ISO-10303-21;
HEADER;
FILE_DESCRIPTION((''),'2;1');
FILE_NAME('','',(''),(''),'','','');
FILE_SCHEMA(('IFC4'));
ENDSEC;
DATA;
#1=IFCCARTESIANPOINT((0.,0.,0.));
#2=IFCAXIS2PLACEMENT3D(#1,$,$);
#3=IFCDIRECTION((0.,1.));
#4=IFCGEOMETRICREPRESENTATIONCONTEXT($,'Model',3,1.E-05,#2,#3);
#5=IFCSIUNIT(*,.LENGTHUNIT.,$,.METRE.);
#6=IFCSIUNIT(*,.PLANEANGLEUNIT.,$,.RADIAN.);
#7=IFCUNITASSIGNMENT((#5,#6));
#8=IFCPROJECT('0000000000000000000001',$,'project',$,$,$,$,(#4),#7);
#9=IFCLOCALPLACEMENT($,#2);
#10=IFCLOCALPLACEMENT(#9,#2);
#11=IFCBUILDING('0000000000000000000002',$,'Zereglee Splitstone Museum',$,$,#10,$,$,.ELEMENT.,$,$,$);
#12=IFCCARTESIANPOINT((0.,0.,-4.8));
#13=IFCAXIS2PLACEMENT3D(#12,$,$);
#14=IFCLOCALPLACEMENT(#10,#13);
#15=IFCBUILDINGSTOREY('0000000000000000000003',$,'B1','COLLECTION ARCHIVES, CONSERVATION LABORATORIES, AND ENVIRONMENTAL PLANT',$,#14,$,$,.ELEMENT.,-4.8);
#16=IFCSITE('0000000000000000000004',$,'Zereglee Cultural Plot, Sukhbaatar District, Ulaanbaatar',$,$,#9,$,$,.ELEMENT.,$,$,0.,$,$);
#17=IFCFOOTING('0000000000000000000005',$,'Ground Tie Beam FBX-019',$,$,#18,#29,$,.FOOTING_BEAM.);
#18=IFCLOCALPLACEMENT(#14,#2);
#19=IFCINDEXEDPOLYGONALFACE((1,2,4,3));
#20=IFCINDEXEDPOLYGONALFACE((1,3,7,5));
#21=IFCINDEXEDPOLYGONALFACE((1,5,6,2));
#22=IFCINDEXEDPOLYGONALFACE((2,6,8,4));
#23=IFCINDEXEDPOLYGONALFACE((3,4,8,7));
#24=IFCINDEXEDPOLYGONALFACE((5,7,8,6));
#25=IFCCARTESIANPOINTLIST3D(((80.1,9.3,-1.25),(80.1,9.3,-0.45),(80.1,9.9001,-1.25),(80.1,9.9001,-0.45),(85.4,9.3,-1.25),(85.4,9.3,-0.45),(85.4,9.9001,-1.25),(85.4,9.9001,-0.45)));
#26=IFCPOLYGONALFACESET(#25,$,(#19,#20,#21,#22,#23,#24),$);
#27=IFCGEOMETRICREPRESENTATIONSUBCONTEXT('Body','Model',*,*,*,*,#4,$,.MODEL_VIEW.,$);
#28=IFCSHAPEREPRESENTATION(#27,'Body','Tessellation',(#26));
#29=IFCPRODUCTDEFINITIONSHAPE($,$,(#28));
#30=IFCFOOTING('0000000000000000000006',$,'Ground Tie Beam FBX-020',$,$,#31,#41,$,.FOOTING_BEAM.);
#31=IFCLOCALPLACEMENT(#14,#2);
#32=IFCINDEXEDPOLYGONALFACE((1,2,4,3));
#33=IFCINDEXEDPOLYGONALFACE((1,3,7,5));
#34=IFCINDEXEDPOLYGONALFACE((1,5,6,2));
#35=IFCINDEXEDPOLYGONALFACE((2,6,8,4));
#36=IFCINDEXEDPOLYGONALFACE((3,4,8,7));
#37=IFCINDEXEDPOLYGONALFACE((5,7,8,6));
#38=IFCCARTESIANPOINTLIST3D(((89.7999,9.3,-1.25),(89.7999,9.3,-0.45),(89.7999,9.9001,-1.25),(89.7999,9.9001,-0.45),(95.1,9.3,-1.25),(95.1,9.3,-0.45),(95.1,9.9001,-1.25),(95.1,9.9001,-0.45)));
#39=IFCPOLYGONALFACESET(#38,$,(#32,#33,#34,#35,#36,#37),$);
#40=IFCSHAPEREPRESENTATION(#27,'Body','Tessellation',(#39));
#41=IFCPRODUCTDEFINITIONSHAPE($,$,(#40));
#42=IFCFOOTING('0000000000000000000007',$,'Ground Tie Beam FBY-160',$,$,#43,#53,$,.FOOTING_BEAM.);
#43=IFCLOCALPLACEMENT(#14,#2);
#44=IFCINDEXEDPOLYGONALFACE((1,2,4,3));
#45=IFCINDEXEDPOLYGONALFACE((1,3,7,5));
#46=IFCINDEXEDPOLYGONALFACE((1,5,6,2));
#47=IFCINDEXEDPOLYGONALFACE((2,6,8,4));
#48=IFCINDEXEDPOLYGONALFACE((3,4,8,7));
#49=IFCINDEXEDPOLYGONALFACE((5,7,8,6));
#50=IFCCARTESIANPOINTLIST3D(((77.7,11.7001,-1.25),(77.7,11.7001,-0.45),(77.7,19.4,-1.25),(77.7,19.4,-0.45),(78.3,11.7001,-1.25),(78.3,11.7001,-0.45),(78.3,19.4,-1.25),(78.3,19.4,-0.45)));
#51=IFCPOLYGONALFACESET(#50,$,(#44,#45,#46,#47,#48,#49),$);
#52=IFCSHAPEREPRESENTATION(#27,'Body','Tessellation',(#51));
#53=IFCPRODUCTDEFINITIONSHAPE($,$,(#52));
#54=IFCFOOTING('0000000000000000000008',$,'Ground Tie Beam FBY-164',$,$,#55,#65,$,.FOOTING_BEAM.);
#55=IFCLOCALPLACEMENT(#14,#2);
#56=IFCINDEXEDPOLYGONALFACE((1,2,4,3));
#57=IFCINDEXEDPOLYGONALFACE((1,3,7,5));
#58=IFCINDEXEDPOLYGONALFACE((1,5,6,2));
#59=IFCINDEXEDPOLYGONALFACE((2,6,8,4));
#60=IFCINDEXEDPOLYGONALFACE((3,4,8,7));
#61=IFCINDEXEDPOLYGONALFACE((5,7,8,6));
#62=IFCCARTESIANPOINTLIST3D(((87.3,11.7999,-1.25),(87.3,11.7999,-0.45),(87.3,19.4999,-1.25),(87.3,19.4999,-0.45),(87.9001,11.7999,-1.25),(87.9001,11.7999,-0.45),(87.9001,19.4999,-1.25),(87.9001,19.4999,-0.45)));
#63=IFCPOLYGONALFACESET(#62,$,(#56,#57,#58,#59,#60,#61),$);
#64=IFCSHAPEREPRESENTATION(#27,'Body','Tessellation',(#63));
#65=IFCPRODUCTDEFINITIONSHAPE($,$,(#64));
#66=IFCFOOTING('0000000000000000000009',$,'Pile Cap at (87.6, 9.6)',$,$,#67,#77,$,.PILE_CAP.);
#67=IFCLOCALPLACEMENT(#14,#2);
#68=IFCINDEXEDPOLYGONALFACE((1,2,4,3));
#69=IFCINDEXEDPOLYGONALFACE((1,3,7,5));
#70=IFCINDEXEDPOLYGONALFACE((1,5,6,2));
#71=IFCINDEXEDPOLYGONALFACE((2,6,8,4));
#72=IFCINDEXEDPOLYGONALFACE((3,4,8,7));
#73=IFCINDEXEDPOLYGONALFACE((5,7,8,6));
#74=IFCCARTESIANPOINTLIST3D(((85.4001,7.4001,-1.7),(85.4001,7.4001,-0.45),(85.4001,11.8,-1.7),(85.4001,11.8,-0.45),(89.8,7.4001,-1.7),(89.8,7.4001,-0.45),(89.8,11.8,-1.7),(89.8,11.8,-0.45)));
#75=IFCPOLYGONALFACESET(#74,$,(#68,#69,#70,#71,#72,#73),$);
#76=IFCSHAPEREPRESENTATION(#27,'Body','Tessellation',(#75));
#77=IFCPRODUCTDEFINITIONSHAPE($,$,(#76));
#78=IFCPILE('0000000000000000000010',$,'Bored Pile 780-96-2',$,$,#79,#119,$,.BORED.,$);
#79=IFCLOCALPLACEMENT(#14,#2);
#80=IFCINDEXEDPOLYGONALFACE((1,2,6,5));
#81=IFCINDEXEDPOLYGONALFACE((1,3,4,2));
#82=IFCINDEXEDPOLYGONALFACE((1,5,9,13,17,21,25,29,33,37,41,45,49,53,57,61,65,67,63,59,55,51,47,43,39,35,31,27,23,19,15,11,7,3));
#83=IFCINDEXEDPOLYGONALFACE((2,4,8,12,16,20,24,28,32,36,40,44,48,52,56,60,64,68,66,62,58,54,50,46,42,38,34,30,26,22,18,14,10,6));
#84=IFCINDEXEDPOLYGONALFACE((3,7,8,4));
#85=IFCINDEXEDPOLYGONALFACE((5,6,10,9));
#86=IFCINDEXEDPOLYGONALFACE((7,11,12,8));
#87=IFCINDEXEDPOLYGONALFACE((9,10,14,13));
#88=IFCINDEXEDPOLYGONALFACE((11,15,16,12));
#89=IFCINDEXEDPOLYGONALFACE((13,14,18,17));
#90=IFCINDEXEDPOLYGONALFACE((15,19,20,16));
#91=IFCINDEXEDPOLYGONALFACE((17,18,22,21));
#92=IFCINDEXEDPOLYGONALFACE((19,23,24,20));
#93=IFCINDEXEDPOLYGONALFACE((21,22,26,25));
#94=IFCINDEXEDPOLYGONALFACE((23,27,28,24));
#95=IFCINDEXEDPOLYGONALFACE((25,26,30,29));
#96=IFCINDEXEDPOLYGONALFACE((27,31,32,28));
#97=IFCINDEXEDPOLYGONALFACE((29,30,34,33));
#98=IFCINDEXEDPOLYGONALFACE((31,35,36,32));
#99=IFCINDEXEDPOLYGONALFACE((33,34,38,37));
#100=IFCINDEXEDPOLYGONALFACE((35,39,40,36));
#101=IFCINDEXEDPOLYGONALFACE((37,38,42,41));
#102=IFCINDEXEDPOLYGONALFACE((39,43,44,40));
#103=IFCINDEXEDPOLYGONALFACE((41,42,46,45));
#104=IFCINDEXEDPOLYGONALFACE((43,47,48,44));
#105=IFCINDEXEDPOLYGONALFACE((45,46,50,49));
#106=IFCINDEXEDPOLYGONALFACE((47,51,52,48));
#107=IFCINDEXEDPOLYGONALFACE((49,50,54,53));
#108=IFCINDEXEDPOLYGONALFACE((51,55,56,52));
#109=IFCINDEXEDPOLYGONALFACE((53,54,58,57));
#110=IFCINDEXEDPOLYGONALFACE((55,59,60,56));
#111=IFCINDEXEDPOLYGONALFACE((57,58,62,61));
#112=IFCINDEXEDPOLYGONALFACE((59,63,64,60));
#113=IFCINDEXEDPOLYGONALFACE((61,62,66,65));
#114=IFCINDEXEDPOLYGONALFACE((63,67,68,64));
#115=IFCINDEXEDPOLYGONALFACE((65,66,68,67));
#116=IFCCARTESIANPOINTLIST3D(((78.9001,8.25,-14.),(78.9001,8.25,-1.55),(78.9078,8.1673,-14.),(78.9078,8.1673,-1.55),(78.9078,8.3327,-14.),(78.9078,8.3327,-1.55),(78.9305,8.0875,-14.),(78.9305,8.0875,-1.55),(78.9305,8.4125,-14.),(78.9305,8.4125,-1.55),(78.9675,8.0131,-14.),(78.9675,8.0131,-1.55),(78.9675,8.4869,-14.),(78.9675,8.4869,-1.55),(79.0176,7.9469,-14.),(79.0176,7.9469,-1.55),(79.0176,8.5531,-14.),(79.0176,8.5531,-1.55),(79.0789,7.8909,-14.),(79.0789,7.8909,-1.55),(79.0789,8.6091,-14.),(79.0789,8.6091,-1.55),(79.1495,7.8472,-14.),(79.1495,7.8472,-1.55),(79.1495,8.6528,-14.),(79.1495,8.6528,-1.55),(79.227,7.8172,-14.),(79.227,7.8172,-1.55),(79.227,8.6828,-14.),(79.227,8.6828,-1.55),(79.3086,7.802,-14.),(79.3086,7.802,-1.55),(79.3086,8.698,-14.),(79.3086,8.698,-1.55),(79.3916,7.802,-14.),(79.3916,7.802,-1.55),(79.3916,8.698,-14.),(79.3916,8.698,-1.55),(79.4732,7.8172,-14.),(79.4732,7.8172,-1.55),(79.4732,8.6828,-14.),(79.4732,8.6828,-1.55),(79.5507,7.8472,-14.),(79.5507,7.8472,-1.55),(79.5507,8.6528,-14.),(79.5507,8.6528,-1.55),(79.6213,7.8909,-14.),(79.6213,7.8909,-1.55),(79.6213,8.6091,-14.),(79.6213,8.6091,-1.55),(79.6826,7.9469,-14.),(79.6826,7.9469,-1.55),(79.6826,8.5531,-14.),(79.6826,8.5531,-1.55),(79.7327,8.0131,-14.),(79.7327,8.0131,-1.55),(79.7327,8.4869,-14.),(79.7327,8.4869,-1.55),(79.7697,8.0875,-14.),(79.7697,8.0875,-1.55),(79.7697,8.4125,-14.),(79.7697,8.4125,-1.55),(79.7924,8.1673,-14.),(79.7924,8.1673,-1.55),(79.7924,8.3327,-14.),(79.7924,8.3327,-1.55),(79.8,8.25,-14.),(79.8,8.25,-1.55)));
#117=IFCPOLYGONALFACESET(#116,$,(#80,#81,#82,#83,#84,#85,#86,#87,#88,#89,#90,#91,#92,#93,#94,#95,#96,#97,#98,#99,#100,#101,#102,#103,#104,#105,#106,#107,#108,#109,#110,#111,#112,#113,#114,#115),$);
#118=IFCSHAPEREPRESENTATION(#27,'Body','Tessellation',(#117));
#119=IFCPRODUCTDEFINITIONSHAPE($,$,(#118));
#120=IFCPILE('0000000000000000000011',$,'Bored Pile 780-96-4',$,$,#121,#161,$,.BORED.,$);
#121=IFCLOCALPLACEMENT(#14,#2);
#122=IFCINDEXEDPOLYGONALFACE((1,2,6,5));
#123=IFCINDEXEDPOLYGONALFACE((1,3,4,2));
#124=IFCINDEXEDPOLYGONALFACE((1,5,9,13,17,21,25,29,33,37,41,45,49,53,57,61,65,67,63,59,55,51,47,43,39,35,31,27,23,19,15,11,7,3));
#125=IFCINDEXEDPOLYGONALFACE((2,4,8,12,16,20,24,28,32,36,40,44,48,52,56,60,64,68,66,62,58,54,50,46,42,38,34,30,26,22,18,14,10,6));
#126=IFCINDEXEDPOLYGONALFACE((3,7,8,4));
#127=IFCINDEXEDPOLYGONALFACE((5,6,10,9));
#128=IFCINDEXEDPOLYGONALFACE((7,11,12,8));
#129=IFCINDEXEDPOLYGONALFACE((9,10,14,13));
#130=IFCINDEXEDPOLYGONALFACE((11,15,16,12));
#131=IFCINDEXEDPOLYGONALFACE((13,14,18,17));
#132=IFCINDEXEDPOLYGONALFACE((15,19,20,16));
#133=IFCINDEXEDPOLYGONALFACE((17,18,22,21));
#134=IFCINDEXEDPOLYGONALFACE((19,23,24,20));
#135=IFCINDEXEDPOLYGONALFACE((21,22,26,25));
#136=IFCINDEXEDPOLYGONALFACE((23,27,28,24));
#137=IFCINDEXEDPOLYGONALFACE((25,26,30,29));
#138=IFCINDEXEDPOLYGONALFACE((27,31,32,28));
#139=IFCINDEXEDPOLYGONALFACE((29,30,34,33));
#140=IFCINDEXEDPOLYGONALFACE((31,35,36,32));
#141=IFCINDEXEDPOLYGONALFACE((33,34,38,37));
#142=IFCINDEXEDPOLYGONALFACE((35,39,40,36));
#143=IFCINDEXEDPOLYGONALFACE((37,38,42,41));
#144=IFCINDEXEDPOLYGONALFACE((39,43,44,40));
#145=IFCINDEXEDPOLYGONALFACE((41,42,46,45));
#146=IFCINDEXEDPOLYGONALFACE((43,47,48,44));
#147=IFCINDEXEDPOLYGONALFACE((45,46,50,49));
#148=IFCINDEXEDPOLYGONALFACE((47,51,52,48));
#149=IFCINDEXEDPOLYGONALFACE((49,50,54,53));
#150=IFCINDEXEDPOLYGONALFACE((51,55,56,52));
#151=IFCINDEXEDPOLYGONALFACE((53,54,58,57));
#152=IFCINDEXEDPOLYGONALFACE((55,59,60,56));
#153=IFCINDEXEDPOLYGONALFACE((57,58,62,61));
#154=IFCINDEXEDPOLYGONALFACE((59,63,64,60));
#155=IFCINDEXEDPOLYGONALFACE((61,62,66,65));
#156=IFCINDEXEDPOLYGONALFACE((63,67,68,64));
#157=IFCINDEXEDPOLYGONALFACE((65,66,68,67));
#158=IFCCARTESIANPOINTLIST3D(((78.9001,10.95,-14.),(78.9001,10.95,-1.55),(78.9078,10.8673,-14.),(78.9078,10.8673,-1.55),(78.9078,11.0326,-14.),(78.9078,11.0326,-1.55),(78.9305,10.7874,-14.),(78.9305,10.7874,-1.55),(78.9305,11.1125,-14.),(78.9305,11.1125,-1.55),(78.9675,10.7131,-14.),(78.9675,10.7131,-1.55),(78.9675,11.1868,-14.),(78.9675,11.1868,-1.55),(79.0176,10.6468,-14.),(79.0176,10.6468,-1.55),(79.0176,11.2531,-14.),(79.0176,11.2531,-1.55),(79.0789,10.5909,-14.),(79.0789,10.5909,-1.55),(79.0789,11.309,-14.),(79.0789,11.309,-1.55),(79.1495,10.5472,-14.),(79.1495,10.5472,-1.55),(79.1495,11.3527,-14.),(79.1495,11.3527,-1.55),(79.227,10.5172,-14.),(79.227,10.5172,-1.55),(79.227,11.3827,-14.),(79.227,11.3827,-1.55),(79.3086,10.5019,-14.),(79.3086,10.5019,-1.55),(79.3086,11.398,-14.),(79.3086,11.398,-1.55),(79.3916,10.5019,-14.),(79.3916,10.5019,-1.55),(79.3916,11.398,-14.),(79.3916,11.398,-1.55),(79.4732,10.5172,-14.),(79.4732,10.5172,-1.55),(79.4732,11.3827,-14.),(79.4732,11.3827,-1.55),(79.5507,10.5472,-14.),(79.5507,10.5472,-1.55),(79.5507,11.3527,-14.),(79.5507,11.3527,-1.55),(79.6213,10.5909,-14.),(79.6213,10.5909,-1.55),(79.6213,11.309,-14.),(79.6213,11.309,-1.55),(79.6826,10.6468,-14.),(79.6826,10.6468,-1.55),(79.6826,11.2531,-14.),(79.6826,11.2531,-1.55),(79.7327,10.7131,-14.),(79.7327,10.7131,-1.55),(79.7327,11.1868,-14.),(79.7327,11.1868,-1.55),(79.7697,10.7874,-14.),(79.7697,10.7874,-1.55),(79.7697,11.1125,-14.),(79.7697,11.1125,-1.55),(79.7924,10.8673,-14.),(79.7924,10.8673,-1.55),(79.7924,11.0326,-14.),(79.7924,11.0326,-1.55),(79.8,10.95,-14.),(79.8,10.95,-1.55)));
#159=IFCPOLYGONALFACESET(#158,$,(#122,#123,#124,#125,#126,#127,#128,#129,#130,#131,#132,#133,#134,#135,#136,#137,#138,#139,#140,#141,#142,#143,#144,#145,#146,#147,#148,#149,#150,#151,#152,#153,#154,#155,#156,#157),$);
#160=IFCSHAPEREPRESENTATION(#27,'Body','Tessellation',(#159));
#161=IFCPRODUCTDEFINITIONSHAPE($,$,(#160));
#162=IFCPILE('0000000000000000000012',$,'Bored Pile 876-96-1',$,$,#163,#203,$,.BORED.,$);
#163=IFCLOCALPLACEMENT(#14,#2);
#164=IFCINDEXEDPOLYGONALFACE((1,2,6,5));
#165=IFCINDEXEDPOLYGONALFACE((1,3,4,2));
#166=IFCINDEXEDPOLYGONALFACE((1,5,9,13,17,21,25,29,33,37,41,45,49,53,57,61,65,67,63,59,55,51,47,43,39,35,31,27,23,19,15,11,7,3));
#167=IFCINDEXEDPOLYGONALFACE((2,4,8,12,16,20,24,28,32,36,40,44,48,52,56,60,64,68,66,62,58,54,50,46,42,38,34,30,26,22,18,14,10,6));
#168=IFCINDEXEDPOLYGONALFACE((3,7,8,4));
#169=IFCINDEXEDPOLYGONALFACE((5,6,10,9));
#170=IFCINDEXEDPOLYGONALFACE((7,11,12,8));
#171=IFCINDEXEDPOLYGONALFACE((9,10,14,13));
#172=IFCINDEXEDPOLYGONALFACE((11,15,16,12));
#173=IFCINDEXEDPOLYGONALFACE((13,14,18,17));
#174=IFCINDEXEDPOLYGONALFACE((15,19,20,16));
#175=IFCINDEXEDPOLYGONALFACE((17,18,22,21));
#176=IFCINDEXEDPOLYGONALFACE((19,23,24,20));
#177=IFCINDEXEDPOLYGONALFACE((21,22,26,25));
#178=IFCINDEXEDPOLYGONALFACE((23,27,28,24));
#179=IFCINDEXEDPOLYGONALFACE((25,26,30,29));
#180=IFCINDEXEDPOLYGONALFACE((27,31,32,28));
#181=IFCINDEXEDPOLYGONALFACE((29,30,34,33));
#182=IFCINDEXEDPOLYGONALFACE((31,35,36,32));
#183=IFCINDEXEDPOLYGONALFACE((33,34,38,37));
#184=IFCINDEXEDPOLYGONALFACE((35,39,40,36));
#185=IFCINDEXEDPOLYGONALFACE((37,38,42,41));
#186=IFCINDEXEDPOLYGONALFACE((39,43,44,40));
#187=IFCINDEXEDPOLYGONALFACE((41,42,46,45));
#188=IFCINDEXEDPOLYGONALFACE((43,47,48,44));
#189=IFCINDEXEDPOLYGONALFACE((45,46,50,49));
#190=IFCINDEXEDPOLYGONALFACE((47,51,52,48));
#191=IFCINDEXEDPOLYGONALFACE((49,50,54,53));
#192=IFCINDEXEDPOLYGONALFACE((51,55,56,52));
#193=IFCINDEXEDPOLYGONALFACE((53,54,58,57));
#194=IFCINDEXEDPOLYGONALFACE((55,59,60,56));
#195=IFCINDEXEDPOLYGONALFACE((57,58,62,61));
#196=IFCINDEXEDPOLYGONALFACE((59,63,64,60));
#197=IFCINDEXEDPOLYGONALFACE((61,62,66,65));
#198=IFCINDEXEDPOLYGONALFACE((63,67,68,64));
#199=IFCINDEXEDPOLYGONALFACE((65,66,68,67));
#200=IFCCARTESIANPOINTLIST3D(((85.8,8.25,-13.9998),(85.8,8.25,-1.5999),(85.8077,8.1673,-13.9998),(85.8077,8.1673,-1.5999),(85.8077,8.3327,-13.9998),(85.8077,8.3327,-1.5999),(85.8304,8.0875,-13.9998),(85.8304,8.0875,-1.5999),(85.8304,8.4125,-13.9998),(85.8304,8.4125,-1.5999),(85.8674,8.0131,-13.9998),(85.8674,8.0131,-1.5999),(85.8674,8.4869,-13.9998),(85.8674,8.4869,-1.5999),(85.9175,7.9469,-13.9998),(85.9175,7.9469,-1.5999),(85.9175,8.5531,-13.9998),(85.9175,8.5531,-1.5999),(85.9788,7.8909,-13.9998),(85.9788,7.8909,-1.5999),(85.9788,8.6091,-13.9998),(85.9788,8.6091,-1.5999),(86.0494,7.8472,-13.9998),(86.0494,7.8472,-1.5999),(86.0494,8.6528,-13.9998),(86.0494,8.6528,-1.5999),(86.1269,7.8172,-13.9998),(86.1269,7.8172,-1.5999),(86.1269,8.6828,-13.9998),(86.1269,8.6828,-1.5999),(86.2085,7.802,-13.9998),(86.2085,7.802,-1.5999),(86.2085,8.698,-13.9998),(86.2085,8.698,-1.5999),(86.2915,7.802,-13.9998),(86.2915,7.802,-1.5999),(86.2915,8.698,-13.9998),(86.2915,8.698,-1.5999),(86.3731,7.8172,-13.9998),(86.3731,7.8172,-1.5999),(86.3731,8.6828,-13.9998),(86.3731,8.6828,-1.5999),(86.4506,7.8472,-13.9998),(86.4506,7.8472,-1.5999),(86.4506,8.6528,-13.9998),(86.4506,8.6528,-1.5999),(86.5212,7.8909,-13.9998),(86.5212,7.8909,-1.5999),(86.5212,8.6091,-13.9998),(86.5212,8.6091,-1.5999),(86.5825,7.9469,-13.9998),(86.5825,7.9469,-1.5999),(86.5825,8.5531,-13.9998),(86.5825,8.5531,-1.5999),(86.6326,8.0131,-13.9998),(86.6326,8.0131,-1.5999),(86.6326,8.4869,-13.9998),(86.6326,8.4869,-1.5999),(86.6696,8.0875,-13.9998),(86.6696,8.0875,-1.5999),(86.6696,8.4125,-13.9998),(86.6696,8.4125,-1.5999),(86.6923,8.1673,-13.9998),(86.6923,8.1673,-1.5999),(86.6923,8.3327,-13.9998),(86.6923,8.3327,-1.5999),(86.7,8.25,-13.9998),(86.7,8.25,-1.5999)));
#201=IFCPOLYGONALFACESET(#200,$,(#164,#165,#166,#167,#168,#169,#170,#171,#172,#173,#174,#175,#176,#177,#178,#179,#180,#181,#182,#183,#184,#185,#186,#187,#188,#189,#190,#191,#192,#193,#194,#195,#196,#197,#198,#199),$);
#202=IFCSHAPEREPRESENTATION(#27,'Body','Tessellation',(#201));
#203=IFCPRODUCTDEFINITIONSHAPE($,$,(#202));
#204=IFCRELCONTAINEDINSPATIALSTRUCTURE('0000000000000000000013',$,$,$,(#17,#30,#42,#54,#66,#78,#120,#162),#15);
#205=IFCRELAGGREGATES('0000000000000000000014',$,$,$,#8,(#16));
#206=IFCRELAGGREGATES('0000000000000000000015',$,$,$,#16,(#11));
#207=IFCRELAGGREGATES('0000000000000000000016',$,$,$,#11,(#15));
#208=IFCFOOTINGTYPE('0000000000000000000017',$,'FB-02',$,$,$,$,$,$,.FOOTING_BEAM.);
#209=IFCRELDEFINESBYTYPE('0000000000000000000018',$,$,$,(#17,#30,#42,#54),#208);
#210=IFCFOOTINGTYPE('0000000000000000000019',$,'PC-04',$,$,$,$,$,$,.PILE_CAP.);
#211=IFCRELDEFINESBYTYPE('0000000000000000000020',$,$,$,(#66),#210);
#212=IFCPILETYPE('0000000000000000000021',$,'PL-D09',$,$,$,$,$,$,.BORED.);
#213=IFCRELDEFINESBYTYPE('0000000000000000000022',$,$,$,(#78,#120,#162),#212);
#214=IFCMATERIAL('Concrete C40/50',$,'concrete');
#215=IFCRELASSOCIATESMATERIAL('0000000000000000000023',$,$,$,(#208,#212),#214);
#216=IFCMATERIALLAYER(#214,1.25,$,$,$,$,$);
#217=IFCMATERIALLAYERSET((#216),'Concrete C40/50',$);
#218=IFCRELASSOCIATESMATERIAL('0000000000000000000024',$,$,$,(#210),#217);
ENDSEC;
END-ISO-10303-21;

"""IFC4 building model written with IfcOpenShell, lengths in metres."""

from ifc_helpers import new_model, si_unit, direction, frame, origin, origin_2d, place, context, subcontext, project, spatial, rectangle, circle, extrude, material, layer, layer_set, material_profile, profile_set, type_object, element, save


model = new_model("IFC4")

# Units and contexts
model_context = context("Model", 3, precision=1e-05, world=origin(), true_north=direction((0.0, 1.0)))
body_context = subcontext(model_context, "Body", "Model", "MODEL_VIEW")
ifc_project = project(units=[si_unit("LENGTHUNIT", "METRE"), si_unit("PLANEANGLEUNIT", "RADIAN")], contexts=[model_context])

# Site, building, storey
site_placement = place(None, origin())
site = spatial("IfcSite", under=ifc_project, at=site_placement, Name="Zereglee Cultural Plot, Sukhbaatar District, Ulaanbaatar", CompositionType="ELEMENT", RefElevation=0.0)
building_placement = place(site_placement, origin())
building = spatial("IfcBuilding", under=site, at=building_placement, Name="Zereglee Splitstone Museum", CompositionType="ELEMENT")
storey_placement = place(building_placement, frame((0.0, 0.0, -4.8)))
storey = spatial("IfcBuildingStorey", under=building, at=storey_placement, Name="B1", Description="COLLECTION ARCHIVES, CONSERVATION LABORATORIES, AND ENVIRONMENTAL PLANT", CompositionType="ELEMENT", Elevation=-4.8)

# Footings
ifc_material_1 = material(Name="Concrete C40/50", Category="concrete")
footing_type_1 = type_object("IfcFootingType", Name="FB-02", PredefinedType="FOOTING_BEAM", material=ifc_material_1)
for number, where, z_axis, x_axis, name in (
    (1, (82.75, 9.6001, -1.25), (0.0, 0.0, 1.0), (1.0, 0.0, 0.0), "Ground Tie Beam FBX-019"),
    (2, (92.45, 9.6001, -1.25), (0.0, 0.0, 1.0), (1.0, 0.0, 0.0), "Ground Tie Beam FBX-020"),
):
    element("IfcFooting", number, at=place(storey_placement, frame(where, z_axis=z_axis, x_axis=x_axis)), inside=storey, type_object=footing_type_1, Name=name, PredefinedType="FOOTING_BEAM", context=body_context, shape_type="SweptSolid", body=[
        extrude(rectangle(XDim=5.3, YDim=0.6001, at=origin_2d()), origin(), (0.0, 0.0, 1.0), 0.8),
    ])
for number, where, z_axis, x_axis, name in (
    (3, (78.0, 15.55, -1.25), (0.0, 0.0, 1.0), (0.0, 1.0, 0.0), "Ground Tie Beam FBY-160"),
    (4, (87.6001, 15.6499, -1.25), (0.0, 0.0, 1.0), (0.0, 1.0, 0.0), "Ground Tie Beam FBY-164"),
):
    element("IfcFooting", number, at=place(storey_placement, frame(where, z_axis=z_axis, x_axis=x_axis)), inside=storey, type_object=footing_type_1, Name=name, PredefinedType="FOOTING_BEAM", context=body_context, shape_type="SweptSolid", body=[
        extrude(rectangle(XDim=7.7, YDim=0.6001, at=origin_2d()), origin(), (0.0, 0.0, 1.0), 0.8),
    ])
ifc_layer_1 = layer(ifc_material_1, 1.25)
ifc_layer_set_1 = layer_set([ifc_layer_1], Name="Concrete C40/50")
footing_type_2 = type_object("IfcFootingType", Name="PC-04", PredefinedType="PILE_CAP", material=ifc_layer_set_1)
footing_placement = place(storey_placement, frame((87.6001, 9.6001, -1.7), z_axis=(0.0, 0.0, 1.0), x_axis=(1.0, 0.0, 0.0)))
element("IfcFooting", 5, at=footing_placement, inside=storey, type_object=footing_type_2, Name="Pile Cap at (87.6, 9.6)", PredefinedType="PILE_CAP", context=body_context, shape_type="SweptSolid", body=[
    extrude(rectangle(XDim=4.3999, YDim=4.3999, at=origin_2d()), origin(), (0.0, 0.0, 1.0), 1.25),
])

# Piles
ifc_material_profile_1 = material_profile(ifc_material_1, circle(Radius=0.45, at=origin_2d()), Name="PILE D900")
ifc_profile_set_1 = profile_set([ifc_material_profile_1], Name="Concrete C40/50")
pile_type = type_object("IfcPileType", Name="PL-D09", PredefinedType="BORED", material=ifc_profile_set_1)
for number, where, z_axis, x_axis, name in (
    (6, (79.3501, 8.25, -1.55), (0.0, 0.0, -1.0), (1.0, 0.0, 0.0), "Bored Pile 780-96-2"),
    (7, (79.3501, 10.95, -1.55), (0.0, 0.0, -1.0), (1.0, 0.0, 0.0), "Bored Pile 780-96-4"),
):
    element("IfcPile", number, at=place(storey_placement, frame(where, z_axis=z_axis, x_axis=x_axis)), inside=storey, type_object=pile_type, Name=name, PredefinedType="BORED", context=body_context, shape_type="SweptSolid", body=[
        extrude(circle(Radius=0.45, at=origin_2d()), origin(), (0.0, 0.0, 1.0), 12.45),
    ])
for number, where, z_axis, x_axis, name in (
    (8, (86.25, 8.25, -1.5999), (0.0, 0.0, -1.0), (1.0, 0.0, 0.0), "Bored Pile 876-96-1"),
):
    element("IfcPile", number, at=place(storey_placement, frame(where, z_axis=z_axis, x_axis=x_axis)), inside=storey, type_object=pile_type, Name=name, PredefinedType="BORED", context=body_context, shape_type="SweptSolid", body=[
        extrude(circle(Radius=0.45, at=origin_2d()), origin(), (0.0, 0.0, 1.0), 12.3999),
    ])

save(model, "model.ifc")
